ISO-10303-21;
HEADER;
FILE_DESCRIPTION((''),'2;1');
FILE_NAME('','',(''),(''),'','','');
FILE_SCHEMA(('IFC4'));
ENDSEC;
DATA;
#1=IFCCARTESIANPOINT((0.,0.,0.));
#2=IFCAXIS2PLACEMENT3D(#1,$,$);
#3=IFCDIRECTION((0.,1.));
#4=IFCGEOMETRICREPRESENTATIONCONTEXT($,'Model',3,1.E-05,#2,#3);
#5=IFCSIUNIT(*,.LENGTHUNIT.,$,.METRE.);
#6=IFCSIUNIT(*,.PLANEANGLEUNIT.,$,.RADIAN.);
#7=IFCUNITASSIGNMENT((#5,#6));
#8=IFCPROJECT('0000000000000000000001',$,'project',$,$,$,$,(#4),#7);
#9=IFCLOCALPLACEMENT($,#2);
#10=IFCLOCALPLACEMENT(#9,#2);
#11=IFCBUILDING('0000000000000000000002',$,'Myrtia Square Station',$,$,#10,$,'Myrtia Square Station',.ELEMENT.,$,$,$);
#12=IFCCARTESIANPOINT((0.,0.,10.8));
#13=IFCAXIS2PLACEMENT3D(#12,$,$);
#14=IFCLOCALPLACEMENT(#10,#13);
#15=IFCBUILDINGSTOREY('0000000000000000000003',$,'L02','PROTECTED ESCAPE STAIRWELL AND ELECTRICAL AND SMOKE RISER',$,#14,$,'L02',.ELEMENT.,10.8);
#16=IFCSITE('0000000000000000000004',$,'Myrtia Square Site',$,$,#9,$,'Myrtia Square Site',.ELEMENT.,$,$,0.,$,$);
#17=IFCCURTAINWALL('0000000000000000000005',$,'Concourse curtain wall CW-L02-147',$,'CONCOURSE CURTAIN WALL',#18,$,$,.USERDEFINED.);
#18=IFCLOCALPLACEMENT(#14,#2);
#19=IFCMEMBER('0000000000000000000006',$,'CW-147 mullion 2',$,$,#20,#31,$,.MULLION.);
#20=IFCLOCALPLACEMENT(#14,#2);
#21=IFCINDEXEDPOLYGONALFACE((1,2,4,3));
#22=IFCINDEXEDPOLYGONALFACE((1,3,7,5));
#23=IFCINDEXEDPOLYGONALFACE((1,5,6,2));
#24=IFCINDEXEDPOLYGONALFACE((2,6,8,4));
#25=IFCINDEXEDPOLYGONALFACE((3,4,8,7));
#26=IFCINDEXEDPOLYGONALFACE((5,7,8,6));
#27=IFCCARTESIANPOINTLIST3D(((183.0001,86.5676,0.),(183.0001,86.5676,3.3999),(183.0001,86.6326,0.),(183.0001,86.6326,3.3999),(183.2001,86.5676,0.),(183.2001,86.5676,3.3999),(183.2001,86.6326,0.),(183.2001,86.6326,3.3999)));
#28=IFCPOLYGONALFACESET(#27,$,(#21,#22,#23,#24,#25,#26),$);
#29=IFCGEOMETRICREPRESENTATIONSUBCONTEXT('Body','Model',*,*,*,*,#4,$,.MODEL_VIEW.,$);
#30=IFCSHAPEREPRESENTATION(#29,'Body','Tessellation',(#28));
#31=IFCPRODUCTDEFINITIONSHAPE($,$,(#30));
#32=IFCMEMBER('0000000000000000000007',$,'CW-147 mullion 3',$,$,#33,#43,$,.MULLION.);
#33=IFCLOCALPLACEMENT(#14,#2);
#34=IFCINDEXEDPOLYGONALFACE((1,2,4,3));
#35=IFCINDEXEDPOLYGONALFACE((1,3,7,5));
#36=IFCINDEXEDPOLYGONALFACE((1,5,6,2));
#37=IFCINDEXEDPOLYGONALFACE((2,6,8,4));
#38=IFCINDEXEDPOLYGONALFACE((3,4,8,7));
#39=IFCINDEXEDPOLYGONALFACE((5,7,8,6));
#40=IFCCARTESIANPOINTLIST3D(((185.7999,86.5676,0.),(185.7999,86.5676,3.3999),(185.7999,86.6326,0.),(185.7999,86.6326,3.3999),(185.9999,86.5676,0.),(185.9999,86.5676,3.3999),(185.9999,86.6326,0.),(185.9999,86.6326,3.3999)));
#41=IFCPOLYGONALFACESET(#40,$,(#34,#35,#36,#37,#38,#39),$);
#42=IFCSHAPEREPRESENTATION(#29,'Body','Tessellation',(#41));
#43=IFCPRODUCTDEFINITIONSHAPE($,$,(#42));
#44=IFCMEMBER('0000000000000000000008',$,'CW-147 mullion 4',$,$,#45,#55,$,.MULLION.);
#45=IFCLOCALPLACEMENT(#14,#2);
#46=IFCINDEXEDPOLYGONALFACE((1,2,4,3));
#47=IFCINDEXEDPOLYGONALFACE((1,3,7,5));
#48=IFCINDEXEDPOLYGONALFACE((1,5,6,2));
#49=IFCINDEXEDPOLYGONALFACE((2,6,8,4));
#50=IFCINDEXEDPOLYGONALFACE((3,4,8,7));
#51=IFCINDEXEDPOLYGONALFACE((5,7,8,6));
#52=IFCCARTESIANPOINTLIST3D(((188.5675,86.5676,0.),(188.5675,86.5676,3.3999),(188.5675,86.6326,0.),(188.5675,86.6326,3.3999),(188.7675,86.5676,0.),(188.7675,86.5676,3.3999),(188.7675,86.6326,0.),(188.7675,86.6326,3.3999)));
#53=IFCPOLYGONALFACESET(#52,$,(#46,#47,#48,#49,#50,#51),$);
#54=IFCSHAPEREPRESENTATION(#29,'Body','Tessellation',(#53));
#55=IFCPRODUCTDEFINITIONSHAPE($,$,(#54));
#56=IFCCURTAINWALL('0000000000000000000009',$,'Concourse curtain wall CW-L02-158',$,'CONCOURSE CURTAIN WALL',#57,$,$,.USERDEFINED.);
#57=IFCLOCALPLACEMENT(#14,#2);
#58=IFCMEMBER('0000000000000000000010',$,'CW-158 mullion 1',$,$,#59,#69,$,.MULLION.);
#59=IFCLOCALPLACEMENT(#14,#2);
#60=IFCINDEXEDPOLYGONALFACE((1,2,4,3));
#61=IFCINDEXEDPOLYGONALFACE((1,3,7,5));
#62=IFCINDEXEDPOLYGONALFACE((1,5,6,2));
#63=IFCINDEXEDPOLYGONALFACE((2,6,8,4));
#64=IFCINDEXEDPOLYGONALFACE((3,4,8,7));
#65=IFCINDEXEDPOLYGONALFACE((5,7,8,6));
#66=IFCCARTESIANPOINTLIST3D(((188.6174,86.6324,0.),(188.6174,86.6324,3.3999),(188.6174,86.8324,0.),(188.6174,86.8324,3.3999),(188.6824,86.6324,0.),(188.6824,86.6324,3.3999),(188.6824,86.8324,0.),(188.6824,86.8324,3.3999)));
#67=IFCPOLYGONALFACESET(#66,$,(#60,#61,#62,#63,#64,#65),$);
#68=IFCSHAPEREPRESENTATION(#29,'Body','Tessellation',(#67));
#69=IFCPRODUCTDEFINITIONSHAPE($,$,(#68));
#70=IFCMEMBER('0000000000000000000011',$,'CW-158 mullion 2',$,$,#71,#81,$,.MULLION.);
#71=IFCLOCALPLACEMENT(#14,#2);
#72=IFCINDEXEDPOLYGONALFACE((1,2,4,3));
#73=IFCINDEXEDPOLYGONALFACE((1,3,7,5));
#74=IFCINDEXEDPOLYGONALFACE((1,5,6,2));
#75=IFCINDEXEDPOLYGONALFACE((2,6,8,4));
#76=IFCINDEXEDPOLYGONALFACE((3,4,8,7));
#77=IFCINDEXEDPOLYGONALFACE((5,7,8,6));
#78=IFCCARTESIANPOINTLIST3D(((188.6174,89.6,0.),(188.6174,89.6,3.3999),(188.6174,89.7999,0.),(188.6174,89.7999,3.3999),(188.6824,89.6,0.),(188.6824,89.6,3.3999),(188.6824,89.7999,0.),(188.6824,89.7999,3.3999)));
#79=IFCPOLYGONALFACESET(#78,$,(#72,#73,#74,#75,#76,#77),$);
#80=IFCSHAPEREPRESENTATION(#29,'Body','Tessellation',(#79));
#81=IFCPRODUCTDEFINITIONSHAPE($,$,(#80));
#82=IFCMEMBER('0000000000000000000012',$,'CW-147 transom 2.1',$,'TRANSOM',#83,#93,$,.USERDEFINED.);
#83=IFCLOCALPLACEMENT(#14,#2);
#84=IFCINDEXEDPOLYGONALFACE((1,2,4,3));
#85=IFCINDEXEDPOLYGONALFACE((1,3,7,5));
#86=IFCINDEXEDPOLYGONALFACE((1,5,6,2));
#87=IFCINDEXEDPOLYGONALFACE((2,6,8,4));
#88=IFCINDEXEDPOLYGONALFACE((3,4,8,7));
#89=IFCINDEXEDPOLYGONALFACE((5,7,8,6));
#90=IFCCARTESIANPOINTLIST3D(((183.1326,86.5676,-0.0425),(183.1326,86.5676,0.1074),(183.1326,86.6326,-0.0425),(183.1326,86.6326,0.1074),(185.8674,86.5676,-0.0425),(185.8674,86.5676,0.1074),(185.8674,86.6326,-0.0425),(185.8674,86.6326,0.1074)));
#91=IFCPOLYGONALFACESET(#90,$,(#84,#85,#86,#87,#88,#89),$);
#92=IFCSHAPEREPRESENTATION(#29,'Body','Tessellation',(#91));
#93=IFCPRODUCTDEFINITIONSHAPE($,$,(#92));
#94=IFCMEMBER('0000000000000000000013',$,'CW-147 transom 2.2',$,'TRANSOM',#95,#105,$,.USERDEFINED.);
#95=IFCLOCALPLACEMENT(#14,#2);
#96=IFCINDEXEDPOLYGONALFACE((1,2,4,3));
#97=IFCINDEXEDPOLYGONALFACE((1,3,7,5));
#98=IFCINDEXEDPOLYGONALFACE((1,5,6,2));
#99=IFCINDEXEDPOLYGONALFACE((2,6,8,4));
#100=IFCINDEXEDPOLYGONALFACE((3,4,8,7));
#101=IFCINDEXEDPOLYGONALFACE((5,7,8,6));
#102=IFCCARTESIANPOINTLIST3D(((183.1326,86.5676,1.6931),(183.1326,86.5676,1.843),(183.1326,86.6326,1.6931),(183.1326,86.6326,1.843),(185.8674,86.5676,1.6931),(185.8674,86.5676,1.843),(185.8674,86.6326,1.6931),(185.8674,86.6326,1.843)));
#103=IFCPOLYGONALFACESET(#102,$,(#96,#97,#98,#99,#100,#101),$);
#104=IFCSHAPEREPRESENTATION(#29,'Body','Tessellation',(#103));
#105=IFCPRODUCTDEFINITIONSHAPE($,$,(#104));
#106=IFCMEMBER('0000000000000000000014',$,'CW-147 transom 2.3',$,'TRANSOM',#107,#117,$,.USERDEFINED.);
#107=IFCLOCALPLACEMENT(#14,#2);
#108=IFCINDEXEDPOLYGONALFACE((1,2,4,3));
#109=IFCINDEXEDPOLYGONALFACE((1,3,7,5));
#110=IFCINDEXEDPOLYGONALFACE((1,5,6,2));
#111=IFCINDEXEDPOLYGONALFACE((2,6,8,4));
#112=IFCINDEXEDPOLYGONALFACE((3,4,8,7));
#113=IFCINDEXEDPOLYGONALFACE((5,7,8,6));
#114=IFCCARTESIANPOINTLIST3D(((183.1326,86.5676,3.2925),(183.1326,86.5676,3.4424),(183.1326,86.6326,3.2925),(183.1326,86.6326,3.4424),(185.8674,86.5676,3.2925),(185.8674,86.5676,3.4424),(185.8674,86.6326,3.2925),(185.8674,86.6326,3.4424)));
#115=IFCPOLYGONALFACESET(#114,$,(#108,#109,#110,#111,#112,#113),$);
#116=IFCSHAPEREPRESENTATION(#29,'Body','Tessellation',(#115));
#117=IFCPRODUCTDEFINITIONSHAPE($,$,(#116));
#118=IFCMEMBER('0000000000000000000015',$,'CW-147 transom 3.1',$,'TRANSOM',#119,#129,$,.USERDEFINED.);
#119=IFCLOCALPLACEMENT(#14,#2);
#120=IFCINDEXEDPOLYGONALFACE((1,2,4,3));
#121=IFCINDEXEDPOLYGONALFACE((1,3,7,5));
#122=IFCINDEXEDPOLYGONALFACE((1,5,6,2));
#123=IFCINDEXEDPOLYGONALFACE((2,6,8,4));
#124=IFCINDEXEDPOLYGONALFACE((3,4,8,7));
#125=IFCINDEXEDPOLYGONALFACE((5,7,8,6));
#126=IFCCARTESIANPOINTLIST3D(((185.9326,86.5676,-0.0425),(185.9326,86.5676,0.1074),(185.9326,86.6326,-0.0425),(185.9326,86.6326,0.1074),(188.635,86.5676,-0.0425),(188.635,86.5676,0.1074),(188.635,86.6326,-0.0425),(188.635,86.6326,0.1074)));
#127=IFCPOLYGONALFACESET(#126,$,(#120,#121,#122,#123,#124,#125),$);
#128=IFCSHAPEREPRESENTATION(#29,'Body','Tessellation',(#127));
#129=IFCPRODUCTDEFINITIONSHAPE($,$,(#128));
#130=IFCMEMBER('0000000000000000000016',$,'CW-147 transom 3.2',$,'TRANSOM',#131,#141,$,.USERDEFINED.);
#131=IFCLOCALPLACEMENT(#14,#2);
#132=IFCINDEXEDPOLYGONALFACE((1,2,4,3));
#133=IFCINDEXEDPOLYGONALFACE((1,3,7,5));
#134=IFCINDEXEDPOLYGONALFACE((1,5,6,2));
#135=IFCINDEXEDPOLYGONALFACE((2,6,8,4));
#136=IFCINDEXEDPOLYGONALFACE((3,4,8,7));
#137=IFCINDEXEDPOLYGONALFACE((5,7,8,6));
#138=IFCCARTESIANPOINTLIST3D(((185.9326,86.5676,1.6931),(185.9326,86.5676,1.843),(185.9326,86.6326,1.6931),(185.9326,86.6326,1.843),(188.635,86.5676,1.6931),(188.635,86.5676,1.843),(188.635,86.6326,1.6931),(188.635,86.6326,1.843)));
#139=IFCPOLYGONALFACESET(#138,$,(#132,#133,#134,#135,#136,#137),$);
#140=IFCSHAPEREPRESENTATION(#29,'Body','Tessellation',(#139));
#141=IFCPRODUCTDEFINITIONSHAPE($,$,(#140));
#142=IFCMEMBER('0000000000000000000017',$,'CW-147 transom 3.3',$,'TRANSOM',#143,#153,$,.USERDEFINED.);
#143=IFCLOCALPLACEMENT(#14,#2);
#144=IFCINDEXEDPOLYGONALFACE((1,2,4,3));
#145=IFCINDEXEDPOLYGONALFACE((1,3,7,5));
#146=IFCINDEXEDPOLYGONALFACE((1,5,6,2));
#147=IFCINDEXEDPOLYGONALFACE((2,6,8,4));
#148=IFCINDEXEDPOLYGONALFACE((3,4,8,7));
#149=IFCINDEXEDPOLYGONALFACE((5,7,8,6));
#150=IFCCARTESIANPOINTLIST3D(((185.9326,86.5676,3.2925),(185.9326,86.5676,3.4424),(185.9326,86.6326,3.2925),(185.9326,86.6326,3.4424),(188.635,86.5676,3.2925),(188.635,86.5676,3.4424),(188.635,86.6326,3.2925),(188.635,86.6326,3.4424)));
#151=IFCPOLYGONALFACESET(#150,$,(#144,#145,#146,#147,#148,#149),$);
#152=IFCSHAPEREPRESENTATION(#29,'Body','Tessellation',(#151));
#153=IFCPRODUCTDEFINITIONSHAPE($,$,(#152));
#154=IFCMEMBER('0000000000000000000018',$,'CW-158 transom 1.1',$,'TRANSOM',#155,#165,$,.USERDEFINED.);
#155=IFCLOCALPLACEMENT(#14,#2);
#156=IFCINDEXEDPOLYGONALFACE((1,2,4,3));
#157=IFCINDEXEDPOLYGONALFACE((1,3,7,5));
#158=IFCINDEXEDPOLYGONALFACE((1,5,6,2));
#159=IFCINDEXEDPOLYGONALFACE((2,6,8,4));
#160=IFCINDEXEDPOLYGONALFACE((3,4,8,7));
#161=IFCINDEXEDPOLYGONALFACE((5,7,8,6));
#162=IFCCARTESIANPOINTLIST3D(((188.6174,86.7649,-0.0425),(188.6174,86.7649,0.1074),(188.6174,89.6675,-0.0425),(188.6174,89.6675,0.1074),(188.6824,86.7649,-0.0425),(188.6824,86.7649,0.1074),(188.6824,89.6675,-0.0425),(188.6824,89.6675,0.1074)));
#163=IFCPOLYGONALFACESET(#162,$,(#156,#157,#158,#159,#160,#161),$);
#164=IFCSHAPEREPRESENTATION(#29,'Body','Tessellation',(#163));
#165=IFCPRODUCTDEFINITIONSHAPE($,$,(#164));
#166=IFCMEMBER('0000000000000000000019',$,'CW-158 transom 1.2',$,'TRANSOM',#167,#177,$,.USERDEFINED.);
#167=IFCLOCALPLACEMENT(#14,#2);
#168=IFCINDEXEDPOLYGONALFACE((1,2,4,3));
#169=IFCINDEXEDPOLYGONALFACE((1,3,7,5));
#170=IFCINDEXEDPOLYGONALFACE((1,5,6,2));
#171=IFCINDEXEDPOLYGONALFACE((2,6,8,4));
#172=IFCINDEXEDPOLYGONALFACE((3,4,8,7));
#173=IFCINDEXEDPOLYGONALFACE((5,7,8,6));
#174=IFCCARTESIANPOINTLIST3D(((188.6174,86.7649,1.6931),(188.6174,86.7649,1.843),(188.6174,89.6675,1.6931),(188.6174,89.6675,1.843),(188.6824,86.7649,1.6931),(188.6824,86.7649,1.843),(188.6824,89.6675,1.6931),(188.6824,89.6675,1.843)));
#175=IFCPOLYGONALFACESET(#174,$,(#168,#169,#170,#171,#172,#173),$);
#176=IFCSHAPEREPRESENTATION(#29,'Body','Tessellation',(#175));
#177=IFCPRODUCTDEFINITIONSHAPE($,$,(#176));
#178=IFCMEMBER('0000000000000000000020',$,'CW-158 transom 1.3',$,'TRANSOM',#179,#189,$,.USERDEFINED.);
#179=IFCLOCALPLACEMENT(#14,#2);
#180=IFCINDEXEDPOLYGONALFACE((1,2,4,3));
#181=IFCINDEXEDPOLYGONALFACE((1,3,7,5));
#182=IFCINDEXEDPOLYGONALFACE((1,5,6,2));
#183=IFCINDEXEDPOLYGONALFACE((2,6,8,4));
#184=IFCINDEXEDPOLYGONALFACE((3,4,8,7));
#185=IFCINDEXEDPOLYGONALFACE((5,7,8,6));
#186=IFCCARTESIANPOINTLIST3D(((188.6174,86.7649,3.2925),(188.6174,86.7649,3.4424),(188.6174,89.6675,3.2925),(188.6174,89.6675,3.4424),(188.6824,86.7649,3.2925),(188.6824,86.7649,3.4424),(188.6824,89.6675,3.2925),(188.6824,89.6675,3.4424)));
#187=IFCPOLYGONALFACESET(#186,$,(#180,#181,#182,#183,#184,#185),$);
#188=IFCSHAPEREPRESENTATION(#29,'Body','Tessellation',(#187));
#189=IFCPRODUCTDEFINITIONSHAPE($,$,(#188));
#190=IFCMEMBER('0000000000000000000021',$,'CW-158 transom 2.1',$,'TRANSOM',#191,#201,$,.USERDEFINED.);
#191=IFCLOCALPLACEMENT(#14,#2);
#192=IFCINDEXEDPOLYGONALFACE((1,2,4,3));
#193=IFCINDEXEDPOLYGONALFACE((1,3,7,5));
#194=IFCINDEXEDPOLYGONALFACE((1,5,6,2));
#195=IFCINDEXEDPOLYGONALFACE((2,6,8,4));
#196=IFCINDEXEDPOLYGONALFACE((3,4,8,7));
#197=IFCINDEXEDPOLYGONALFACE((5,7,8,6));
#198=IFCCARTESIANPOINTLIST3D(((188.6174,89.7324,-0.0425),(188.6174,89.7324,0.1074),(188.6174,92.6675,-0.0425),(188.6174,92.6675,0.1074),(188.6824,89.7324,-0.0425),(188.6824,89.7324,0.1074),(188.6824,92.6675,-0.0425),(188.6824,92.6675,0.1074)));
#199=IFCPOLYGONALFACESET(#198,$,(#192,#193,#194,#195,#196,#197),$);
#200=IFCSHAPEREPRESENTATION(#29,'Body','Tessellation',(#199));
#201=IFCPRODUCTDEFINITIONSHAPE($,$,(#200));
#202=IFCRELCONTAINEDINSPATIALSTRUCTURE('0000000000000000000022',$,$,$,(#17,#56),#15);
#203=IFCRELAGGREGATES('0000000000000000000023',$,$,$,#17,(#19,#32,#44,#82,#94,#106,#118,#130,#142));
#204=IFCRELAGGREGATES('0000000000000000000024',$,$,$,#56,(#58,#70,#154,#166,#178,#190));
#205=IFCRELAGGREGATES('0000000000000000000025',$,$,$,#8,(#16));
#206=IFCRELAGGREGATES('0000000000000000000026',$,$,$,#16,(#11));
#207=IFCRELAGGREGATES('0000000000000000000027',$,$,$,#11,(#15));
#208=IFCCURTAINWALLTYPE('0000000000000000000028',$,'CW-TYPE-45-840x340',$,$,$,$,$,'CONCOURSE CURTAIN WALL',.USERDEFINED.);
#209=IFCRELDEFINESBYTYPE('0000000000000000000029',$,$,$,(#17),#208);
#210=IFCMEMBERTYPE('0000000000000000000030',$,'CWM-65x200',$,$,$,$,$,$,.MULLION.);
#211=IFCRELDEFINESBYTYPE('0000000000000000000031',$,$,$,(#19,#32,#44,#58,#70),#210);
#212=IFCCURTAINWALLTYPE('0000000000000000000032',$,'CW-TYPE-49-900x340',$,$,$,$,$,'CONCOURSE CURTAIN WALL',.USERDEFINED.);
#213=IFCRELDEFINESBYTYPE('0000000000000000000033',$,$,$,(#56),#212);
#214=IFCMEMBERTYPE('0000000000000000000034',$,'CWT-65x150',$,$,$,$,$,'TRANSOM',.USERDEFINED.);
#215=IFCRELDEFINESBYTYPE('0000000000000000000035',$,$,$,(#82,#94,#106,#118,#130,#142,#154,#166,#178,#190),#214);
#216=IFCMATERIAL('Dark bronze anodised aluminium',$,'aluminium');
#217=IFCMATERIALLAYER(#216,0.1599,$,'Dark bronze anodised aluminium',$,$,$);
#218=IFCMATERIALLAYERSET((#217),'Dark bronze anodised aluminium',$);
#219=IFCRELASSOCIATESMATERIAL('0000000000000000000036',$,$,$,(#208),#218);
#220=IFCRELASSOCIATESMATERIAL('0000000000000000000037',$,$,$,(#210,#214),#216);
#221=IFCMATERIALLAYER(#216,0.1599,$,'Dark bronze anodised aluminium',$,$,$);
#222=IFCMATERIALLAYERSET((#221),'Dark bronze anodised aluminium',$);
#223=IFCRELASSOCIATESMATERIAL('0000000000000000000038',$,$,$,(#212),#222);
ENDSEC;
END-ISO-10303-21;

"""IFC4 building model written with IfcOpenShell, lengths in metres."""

from ifc_helpers import new_model, si_unit, direction, frame, origin, origin_2d, place, context, subcontext, project, spatial, rectangle, extrude, material, layer, layer_set, material_profile, profile_set, type_object, element, aggregate, save


model = new_model("IFC4")

# Units and contexts
model_context = context("Model", 3, precision=1e-05, world=origin(), true_north=direction((0.0, 1.0)))
body_context = subcontext(model_context, "Body", "Model", "MODEL_VIEW")
ifc_project = project(units=[si_unit("LENGTHUNIT", "METRE"), si_unit("PLANEANGLEUNIT", "RADIAN")], contexts=[model_context])

# Site, building, storey
site_placement = place(None, origin())
site = spatial("IfcSite", under=ifc_project, at=site_placement, Name="Myrtia Square Site", LongName="Myrtia Square Site", CompositionType="ELEMENT", RefElevation=0.0)
building_placement = place(site_placement, origin())
building = spatial("IfcBuilding", under=site, at=building_placement, Name="Myrtia Square Station", LongName="Myrtia Square Station", CompositionType="ELEMENT")
storey_placement = place(building_placement, frame((0.0, 0.0, 10.8)))
storey = spatial("IfcBuildingStorey", under=building, at=storey_placement, Name="L02", Description="PROTECTED ESCAPE STAIRWELL AND ELECTRICAL AND SMOKE RISER", LongName="L02", CompositionType="ELEMENT", Elevation=10.8)

# Curtain walls, members
ifc_material_1 = material(Name="Dark bronze anodised aluminium", Category="aluminium")
ifc_layer_1 = layer(ifc_material_1, 0.1599, Name="Dark bronze anodised aluminium")
ifc_layer_set_1 = layer_set([ifc_layer_1], Name="Dark bronze anodised aluminium")
curtain_wall_type_1 = type_object("IfcCurtainWallType", Name="CW-TYPE-45-840x340", ElementType="CONCOURSE CURTAIN WALL", PredefinedType="USERDEFINED", material=ifc_layer_set_1)
curtain_wall_1_placement = place(storey_placement, origin())
curtain_wall_1 = element("IfcCurtainWall", 1, at=curtain_wall_1_placement, inside=storey, type_object=curtain_wall_type_1, Name="Concourse curtain wall CW-L02-147", ObjectType="CONCOURSE CURTAIN WALL", PredefinedType="USERDEFINED")
ifc_material_profile_1 = material_profile(ifc_material_1, rectangle(XDim=0.0649, YDim=0.2, at=origin_2d()), Name="ALU-M 65x200")
ifc_profile_set_1 = profile_set([ifc_material_profile_1], Name="Dark bronze anodised aluminium")
member_type_1 = type_object("IfcMemberType", Name="CWM-65x200", PredefinedType="MULLION", material=ifc_profile_set_1)
member_1_placement = place(storey_placement, frame((183.1001, 86.6001, 0.0), z_axis=(0.0, 0.0, 1.0), x_axis=(0.0, 1.0, 0.0)))
member_1 = element("IfcMember", 2, at=member_1_placement, type_object=member_type_1, Name="CW-147 mullion 2", PredefinedType="MULLION", context=body_context, shape_type="SweptSolid", body=[
    extrude(rectangle(XDim=0.0649, YDim=0.2, at=origin_2d()), origin(), (0.0, 0.0, 1.0), 3.3999),
])
member_2_placement = place(storey_placement, frame((185.8999, 86.6001, 0.0), z_axis=(0.0, 0.0, 1.0), x_axis=(0.0, 1.0, 0.0)))
member_2 = element("IfcMember", 3, at=member_2_placement, type_object=member_type_1, Name="CW-147 mullion 3", PredefinedType="MULLION", context=body_context, shape_type="SweptSolid", body=[
    extrude(rectangle(XDim=0.0649, YDim=0.2, at=origin_2d()), origin(), (0.0, 0.0, 1.0), 3.3999),
])
member_3_placement = place(storey_placement, frame((188.6675, 86.6001, 0.0), z_axis=(0.0, 0.0, 1.0), x_axis=(0.0, 1.0, 0.0)))
member_3 = element("IfcMember", 4, at=member_3_placement, type_object=member_type_1, Name="CW-147 mullion 4", PredefinedType="MULLION", context=body_context, shape_type="SweptSolid", body=[
    extrude(rectangle(XDim=0.0649, YDim=0.2, at=origin_2d()), origin(), (0.0, 0.0, 1.0), 3.3999),
])
ifc_layer_2 = layer(ifc_material_1, 0.1599, Name="Dark bronze anodised aluminium")
ifc_layer_set_2 = layer_set([ifc_layer_2], Name="Dark bronze anodised aluminium")
curtain_wall_type_2 = type_object("IfcCurtainWallType", Name="CW-TYPE-49-900x340", ElementType="CONCOURSE CURTAIN WALL", PredefinedType="USERDEFINED", material=ifc_layer_set_2)
curtain_wall_2_placement = place(storey_placement, origin())
curtain_wall_2 = element("IfcCurtainWall", 5, at=curtain_wall_2_placement, inside=storey, type_object=curtain_wall_type_2, Name="Concourse curtain wall CW-L02-158", ObjectType="CONCOURSE CURTAIN WALL", PredefinedType="USERDEFINED")
member_4_placement = place(storey_placement, frame((188.6499, 86.7324, 0.0), z_axis=(0.0, 0.0, 1.0), x_axis=(-1.0, 0.0, 0.0)))
member_4 = element("IfcMember", 6, at=member_4_placement, type_object=member_type_1, Name="CW-158 mullion 1", PredefinedType="MULLION", context=body_context, shape_type="SweptSolid", body=[
    extrude(rectangle(XDim=0.0649, YDim=0.2, at=origin_2d()), origin(), (0.0, 0.0, 1.0), 3.3999),
])
member_5_placement = place(storey_placement, frame((188.6499, 89.7, 0.0), z_axis=(0.0, 0.0, 1.0), x_axis=(-1.0, 0.0, 0.0)))
member_5 = element("IfcMember", 7, at=member_5_placement, type_object=member_type_1, Name="CW-158 mullion 2", PredefinedType="MULLION", context=body_context, shape_type="SweptSolid", body=[
    extrude(rectangle(XDim=0.0649, YDim=0.2, at=origin_2d()), origin(), (0.0, 0.0, 1.0), 3.3999),
])

# Members
ifc_material_profile_2 = material_profile(ifc_material_1, rectangle(XDim=0.0649, YDim=0.1499, at=origin_2d()), Name="ALU-T 65x150")
ifc_profile_set_2 = profile_set([ifc_material_profile_2], Name="Dark bronze anodised aluminium")
member_type_2 = type_object("IfcMemberType", Name="CWT-65x150", ElementType="TRANSOM", PredefinedType="USERDEFINED", material=ifc_profile_set_2)
member_6_placement = place(storey_placement, frame((183.1326, 86.6001, 0.0325), z_axis=(1.0, 0.0, 0.0), x_axis=(0.0, 1.0, 0.0)))
member_6 = element("IfcMember", 8, at=member_6_placement, type_object=member_type_2, Name="CW-147 transom 2.1", ObjectType="TRANSOM", PredefinedType="USERDEFINED", context=body_context, shape_type="SweptSolid", body=[
    extrude(rectangle(XDim=0.0649, YDim=0.1499, at=origin_2d()), origin(), (0.0, 0.0, 1.0), 2.7349),
])
member_7_placement = place(storey_placement, frame((183.1326, 86.6001, 1.7681), z_axis=(1.0, 0.0, 0.0), x_axis=(0.0, 1.0, 0.0)))
member_7 = element("IfcMember", 9, at=member_7_placement, type_object=member_type_2, Name="CW-147 transom 2.2", ObjectType="TRANSOM", PredefinedType="USERDEFINED", context=body_context, shape_type="SweptSolid", body=[
    extrude(rectangle(XDim=0.0649, YDim=0.1499, at=origin_2d()), origin(), (0.0, 0.0, 1.0), 2.7349),
])
member_8_placement = place(storey_placement, frame((183.1326, 86.6001, 3.3674), z_axis=(1.0, 0.0, 0.0), x_axis=(0.0, 1.0, 0.0)))
member_8 = element("IfcMember", 10, at=member_8_placement, type_object=member_type_2, Name="CW-147 transom 2.3", ObjectType="TRANSOM", PredefinedType="USERDEFINED", context=body_context, shape_type="SweptSolid", body=[
    extrude(rectangle(XDim=0.0649, YDim=0.1499, at=origin_2d()), origin(), (0.0, 0.0, 1.0), 2.7349),
])
member_9_placement = place(storey_placement, frame((185.9326, 86.6001, 0.0325), z_axis=(1.0, 0.0, 0.0), x_axis=(0.0, 1.0, 0.0)))
member_9 = element("IfcMember", 11, at=member_9_placement, type_object=member_type_2, Name="CW-147 transom 3.1", ObjectType="TRANSOM", PredefinedType="USERDEFINED", context=body_context, shape_type="SweptSolid", body=[
    extrude(rectangle(XDim=0.0649, YDim=0.1499, at=origin_2d()), origin(), (0.0, 0.0, 1.0), 2.7024),
])
member_10_placement = place(storey_placement, frame((185.9326, 86.6001, 1.7681), z_axis=(1.0, 0.0, 0.0), x_axis=(0.0, 1.0, 0.0)))
member_10 = element("IfcMember", 12, at=member_10_placement, type_object=member_type_2, Name="CW-147 transom 3.2", ObjectType="TRANSOM", PredefinedType="USERDEFINED", context=body_context, shape_type="SweptSolid", body=[
    extrude(rectangle(XDim=0.0649, YDim=0.1499, at=origin_2d()), origin(), (0.0, 0.0, 1.0), 2.7024),
])
member_11_placement = place(storey_placement, frame((185.9326, 86.6001, 3.3674), z_axis=(1.0, 0.0, 0.0), x_axis=(0.0, 1.0, 0.0)))
member_11 = element("IfcMember", 13, at=member_11_placement, type_object=member_type_2, Name="CW-147 transom 3.3", ObjectType="TRANSOM", PredefinedType="USERDEFINED", context=body_context, shape_type="SweptSolid", body=[
    extrude(rectangle(XDim=0.0649, YDim=0.1499, at=origin_2d()), origin(), (0.0, 0.0, 1.0), 2.7024),
])
member_12_placement = place(storey_placement, frame((188.6499, 86.7649, 0.0325), z_axis=(0.0, 1.0, 0.0), x_axis=(-1.0, 0.0, 0.0)))
member_12 = element("IfcMember", 14, at=member_12_placement, type_object=member_type_2, Name="CW-158 transom 1.1", ObjectType="TRANSOM", PredefinedType="USERDEFINED", context=body_context, shape_type="SweptSolid", body=[
    extrude(rectangle(XDim=0.0649, YDim=0.1499, at=origin_2d()), origin(), (0.0, 0.0, 1.0), 2.9026),
])
member_13_placement = place(storey_placement, frame((188.6499, 86.7649, 1.7681), z_axis=(0.0, 1.0, 0.0), x_axis=(-1.0, 0.0, 0.0)))
member_13 = element("IfcMember", 15, at=member_13_placement, type_object=member_type_2, Name="CW-158 transom 1.2", ObjectType="TRANSOM", PredefinedType="USERDEFINED", context=body_context, shape_type="SweptSolid", body=[
    extrude(rectangle(XDim=0.0649, YDim=0.1499, at=origin_2d()), origin(), (0.0, 0.0, 1.0), 2.9026),
])
member_14_placement = place(storey_placement, frame((188.6499, 86.7649, 3.3674), z_axis=(0.0, 1.0, 0.0), x_axis=(-1.0, 0.0, 0.0)))
member_14 = element("IfcMember", 16, at=member_14_placement, type_object=member_type_2, Name="CW-158 transom 1.3", ObjectType="TRANSOM", PredefinedType="USERDEFINED", context=body_context, shape_type="SweptSolid", body=[
    extrude(rectangle(XDim=0.0649, YDim=0.1499, at=origin_2d()), origin(), (0.0, 0.0, 1.0), 2.9026),
])
member_15_placement = place(storey_placement, frame((188.6499, 89.7324, 0.0325), z_axis=(0.0, 1.0, 0.0), x_axis=(-1.0, 0.0, 0.0)))
member_15 = element("IfcMember", 17, at=member_15_placement, type_object=member_type_2, Name="CW-158 transom 2.1", ObjectType="TRANSOM", PredefinedType="USERDEFINED", context=body_context, shape_type="SweptSolid", body=[
    extrude(rectangle(XDim=0.0649, YDim=0.1499, at=origin_2d()), origin(), (0.0, 0.0, 1.0), 2.9351),
])

aggregate(curtain_wall_1, [member_1, member_2, member_3, member_6, member_7, member_8, member_9, member_10, member_11])
aggregate(curtain_wall_2, [member_4, member_5, member_12, member_13, member_14, member_15])

save(model, "model.ifc")
